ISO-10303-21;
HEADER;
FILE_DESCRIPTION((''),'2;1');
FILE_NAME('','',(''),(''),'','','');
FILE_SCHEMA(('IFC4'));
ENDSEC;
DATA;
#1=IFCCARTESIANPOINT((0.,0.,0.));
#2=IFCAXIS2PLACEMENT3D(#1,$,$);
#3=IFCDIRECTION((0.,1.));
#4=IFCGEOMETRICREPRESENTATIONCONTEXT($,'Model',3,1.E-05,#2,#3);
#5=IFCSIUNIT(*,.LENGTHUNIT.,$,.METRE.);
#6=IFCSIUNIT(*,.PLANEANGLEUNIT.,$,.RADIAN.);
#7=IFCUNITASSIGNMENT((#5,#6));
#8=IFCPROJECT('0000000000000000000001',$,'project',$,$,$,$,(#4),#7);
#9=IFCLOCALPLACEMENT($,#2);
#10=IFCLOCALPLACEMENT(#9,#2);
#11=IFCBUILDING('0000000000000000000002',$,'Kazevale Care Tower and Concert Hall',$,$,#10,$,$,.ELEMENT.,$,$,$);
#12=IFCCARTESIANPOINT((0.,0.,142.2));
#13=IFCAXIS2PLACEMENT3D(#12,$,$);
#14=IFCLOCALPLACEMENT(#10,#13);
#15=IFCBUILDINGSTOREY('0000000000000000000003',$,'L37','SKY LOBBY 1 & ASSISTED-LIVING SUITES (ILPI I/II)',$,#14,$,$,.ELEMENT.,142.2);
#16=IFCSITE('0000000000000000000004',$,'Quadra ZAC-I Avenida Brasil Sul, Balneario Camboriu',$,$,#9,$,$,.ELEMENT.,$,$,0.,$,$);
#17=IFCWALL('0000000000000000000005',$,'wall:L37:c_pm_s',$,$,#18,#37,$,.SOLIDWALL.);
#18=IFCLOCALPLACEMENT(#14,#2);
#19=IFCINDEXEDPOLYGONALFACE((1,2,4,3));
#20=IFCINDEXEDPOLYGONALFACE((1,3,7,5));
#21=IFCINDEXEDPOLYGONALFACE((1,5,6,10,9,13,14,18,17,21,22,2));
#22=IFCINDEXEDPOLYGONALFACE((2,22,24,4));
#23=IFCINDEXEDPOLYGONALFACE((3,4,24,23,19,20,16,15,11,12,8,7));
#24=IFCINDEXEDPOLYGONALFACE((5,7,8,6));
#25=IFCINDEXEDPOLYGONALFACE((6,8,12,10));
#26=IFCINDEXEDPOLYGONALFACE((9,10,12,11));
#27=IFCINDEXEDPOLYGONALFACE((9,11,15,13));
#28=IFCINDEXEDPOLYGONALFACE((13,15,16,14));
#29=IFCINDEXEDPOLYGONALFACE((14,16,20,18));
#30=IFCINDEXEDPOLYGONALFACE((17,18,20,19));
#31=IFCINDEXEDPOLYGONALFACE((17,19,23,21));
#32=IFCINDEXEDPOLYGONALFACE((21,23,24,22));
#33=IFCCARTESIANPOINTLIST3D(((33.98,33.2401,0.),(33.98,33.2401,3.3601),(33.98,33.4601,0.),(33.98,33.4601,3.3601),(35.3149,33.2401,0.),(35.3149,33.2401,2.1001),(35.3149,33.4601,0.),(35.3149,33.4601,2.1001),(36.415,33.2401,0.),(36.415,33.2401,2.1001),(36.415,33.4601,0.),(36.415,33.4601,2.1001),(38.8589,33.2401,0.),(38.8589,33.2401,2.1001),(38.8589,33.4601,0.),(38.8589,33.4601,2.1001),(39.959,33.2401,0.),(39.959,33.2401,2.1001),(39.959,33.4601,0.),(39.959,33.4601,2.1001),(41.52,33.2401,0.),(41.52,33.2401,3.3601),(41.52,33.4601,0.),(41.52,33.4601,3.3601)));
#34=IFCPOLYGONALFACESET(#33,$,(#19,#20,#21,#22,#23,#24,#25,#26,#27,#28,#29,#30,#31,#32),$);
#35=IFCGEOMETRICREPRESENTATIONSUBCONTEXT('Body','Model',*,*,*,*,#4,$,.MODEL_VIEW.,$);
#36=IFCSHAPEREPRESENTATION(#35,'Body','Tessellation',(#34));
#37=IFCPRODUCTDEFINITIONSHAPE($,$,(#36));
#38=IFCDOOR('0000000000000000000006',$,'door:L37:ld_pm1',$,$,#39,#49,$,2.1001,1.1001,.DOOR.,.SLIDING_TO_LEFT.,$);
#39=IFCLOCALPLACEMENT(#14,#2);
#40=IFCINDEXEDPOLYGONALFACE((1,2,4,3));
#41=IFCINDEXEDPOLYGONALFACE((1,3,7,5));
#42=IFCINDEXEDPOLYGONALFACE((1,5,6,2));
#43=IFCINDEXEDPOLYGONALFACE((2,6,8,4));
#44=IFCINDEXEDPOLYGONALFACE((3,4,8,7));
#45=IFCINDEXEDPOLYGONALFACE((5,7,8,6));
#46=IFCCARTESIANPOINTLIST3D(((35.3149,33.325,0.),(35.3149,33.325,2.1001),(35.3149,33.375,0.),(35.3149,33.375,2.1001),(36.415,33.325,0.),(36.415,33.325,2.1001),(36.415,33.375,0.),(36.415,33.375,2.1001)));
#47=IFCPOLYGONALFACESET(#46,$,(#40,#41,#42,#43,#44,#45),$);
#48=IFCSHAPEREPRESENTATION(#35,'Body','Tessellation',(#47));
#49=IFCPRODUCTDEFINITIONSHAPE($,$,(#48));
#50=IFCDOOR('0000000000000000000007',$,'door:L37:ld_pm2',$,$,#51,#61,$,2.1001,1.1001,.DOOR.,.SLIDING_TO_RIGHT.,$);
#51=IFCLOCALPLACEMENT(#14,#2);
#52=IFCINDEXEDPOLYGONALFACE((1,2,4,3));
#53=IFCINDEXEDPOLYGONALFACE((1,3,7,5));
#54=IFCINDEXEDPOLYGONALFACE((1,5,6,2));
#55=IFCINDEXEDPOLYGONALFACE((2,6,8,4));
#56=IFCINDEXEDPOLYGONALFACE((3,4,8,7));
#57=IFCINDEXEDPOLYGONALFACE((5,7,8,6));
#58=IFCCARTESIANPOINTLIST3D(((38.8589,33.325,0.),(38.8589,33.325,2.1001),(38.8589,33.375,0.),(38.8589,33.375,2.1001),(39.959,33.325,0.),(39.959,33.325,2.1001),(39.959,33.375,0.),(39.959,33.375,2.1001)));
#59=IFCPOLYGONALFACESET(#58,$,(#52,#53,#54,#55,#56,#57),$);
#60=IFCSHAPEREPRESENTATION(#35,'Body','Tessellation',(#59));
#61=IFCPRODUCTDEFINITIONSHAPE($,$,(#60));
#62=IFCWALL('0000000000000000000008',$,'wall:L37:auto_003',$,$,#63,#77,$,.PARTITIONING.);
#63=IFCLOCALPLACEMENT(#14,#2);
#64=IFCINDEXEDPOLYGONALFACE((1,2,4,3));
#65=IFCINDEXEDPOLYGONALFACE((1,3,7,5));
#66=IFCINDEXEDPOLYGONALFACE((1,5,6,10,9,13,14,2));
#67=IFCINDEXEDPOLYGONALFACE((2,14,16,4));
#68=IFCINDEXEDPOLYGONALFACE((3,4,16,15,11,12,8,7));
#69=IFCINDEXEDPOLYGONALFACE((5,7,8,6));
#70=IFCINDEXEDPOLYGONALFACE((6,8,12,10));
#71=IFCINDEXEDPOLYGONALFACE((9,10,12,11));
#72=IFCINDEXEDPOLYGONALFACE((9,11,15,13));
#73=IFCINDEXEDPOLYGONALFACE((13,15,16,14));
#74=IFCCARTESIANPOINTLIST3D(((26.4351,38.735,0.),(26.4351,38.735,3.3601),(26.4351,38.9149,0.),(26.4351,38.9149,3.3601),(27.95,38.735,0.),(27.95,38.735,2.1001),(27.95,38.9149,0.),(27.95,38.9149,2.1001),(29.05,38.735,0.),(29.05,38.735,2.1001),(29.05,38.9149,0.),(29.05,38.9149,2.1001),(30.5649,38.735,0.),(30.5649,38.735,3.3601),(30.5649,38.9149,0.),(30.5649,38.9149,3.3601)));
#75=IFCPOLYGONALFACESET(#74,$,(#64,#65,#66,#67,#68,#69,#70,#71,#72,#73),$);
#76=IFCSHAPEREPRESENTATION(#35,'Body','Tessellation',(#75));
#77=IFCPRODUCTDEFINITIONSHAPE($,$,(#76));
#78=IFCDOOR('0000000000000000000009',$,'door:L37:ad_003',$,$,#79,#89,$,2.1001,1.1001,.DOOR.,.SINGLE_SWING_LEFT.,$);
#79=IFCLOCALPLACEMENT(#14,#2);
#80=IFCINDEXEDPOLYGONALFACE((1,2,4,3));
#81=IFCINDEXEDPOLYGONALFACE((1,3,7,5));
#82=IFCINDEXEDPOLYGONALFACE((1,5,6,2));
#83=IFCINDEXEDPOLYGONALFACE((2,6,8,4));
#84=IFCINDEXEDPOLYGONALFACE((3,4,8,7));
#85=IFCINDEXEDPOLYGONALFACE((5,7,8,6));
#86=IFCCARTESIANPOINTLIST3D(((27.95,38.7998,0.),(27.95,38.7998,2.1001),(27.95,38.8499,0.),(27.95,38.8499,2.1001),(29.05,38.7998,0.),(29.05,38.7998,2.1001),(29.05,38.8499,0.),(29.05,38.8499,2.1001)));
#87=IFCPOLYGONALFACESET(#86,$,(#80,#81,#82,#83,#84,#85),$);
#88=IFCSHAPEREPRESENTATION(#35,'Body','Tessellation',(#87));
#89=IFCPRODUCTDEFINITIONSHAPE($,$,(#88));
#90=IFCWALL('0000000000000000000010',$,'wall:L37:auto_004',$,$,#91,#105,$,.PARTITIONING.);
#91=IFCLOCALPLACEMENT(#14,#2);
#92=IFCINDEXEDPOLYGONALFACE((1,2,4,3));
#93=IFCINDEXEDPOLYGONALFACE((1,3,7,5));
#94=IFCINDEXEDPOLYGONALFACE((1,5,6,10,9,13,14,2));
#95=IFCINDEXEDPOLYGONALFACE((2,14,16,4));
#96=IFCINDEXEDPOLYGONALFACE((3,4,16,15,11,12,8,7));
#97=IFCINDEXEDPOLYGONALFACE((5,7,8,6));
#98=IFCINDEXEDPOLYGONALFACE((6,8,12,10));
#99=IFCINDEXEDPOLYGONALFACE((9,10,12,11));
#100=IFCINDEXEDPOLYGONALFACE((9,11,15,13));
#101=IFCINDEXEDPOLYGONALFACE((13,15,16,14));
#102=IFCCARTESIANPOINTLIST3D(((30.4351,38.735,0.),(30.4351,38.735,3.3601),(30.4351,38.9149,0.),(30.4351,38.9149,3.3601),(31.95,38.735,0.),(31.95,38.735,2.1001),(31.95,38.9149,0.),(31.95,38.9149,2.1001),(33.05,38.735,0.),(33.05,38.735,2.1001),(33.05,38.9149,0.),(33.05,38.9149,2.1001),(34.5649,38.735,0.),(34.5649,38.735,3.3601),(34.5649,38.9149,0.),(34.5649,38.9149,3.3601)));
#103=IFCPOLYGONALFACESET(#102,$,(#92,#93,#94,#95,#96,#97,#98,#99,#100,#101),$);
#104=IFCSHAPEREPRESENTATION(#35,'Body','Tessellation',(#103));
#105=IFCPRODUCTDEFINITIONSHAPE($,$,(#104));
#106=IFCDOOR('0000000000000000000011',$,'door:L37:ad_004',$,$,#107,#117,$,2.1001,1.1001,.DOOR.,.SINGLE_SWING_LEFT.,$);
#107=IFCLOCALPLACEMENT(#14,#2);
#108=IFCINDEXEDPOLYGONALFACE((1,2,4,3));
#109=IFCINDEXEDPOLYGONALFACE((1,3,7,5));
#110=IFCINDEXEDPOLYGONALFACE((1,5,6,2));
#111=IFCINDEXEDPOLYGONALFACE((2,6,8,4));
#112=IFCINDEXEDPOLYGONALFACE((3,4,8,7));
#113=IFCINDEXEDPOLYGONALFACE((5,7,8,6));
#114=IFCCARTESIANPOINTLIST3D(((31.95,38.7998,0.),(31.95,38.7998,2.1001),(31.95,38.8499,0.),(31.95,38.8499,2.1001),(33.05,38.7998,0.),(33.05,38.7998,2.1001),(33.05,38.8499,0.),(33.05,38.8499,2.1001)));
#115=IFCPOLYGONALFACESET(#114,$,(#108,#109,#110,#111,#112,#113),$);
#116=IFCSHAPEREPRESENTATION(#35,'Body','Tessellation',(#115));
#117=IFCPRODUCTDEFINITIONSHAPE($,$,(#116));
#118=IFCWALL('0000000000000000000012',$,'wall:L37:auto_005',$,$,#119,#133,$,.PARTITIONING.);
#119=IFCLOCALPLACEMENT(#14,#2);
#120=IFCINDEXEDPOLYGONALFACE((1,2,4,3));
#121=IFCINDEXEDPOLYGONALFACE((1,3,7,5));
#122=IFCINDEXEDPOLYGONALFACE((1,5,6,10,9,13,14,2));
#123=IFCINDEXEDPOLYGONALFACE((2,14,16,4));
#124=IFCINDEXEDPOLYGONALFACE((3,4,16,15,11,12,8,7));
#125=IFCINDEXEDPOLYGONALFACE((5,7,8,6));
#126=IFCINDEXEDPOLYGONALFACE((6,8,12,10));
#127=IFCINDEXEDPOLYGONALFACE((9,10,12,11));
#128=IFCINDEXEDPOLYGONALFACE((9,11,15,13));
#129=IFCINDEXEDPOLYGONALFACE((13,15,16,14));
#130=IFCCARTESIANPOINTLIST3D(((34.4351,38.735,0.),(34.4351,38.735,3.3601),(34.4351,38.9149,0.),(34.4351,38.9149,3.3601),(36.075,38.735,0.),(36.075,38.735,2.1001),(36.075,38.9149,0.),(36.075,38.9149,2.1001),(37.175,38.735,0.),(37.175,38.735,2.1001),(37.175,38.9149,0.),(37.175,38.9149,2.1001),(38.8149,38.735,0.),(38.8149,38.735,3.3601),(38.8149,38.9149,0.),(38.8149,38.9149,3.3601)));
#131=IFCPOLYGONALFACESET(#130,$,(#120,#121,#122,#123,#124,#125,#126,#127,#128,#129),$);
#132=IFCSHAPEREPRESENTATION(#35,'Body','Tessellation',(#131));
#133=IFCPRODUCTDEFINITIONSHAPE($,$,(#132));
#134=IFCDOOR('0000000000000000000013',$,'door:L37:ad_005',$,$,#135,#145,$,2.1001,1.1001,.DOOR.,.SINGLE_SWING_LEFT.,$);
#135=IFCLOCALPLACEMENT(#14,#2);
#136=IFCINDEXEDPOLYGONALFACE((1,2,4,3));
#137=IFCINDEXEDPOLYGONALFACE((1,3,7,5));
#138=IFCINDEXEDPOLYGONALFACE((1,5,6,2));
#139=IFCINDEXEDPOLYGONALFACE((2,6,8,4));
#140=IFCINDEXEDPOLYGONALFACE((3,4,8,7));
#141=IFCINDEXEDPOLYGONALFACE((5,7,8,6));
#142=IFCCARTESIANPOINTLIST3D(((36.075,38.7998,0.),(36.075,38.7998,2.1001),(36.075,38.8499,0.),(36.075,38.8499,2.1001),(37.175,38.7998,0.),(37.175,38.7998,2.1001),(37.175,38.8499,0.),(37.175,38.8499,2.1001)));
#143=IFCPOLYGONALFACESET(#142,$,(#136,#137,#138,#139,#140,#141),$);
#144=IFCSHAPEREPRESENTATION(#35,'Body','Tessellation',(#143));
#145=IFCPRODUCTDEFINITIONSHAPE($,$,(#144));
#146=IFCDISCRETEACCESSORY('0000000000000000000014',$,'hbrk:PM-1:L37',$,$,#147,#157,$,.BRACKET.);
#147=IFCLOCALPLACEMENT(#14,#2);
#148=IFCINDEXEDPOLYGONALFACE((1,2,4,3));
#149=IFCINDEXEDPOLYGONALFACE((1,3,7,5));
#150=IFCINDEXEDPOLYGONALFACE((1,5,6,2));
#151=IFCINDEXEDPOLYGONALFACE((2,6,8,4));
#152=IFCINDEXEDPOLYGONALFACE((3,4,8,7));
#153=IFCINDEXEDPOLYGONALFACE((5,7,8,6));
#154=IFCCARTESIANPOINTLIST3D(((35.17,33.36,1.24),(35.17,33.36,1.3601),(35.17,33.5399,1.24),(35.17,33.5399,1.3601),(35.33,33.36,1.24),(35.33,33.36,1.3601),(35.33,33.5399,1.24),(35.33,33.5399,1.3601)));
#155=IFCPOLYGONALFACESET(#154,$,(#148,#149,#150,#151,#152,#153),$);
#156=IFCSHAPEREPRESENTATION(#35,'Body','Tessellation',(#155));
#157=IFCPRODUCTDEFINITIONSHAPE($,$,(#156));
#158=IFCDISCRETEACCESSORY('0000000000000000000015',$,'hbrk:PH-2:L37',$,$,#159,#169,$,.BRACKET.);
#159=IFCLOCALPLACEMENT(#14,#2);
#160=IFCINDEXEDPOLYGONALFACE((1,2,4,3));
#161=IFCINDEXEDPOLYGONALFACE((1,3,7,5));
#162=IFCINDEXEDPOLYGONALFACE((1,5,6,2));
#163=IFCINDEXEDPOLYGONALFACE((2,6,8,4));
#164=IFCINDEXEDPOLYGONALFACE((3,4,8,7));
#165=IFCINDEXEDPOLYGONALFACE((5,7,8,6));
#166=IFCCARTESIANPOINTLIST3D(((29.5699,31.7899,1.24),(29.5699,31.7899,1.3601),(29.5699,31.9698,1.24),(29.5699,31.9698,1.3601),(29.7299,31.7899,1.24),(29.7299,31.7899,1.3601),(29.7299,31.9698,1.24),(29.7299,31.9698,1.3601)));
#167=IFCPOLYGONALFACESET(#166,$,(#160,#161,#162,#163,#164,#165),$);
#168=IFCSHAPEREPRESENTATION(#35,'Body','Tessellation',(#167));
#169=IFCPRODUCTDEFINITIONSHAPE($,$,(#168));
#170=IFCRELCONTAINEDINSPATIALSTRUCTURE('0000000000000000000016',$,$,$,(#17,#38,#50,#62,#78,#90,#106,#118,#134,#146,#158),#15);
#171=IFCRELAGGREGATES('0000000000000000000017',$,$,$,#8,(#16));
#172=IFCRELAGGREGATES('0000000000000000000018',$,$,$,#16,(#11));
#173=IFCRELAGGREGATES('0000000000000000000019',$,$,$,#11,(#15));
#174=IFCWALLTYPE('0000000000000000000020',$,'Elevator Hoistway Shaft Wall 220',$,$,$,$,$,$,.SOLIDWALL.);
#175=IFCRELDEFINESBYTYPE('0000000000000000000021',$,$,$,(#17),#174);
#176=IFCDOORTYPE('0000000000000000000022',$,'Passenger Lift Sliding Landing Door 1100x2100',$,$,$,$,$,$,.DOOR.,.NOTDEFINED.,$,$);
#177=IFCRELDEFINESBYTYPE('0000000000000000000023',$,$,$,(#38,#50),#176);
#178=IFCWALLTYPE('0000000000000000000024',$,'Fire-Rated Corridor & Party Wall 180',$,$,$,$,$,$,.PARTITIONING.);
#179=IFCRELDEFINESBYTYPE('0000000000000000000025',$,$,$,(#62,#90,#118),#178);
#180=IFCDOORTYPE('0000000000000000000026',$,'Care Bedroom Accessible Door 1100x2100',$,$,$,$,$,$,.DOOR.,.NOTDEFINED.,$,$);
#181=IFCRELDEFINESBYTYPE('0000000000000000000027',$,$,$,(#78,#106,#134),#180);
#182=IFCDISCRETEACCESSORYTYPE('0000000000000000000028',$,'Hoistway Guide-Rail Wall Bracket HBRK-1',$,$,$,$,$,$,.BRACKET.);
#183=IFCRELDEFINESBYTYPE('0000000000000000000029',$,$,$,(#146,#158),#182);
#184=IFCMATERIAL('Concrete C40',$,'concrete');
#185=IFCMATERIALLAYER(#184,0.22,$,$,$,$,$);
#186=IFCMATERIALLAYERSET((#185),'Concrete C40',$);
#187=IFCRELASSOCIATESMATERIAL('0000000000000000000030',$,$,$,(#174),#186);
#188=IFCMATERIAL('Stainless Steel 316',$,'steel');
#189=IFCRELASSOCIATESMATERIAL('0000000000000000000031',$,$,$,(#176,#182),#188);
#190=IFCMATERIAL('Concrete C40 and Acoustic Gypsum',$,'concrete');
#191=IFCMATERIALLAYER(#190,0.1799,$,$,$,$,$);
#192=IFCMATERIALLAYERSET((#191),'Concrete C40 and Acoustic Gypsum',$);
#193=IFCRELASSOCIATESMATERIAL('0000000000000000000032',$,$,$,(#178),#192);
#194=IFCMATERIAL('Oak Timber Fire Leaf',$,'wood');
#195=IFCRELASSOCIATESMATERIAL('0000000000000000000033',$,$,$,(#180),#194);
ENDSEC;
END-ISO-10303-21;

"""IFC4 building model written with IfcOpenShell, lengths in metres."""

from ifc_helpers import new_model, si_unit, direction, frame, frame_2d, origin, origin_2d, place, context, subcontext, project, spatial, rectangle, extrude, material, layer, layer_set, type_object, element, fill, save


model = new_model("IFC4")

# Units and contexts
model_context = context("Model", 3, precision=1e-05, world=origin(), true_north=direction((0.0, 1.0)))
body_context = subcontext(model_context, "Body", "Model", "MODEL_VIEW")
ifc_project = project(units=[si_unit("LENGTHUNIT", "METRE"), si_unit("PLANEANGLEUNIT", "RADIAN")], contexts=[model_context])

# Site, building, storey
site_placement = place(None, origin())
site = spatial("IfcSite", under=ifc_project, at=site_placement, Name="Quadra ZAC-I Avenida Brasil Sul, Balneario Camboriu", CompositionType="ELEMENT", RefElevation=0.0)
building_placement = place(site_placement, origin())
building = spatial("IfcBuilding", under=site, at=building_placement, Name="Kazevale Care Tower and Concert Hall", CompositionType="ELEMENT")
storey_placement = place(building_placement, frame((0.0, 0.0, 142.2)))
storey = spatial("IfcBuildingStorey", under=building, at=storey_placement, Name="L37", Description="SKY LOBBY 1 & ASSISTED-LIVING SUITES (ILPI I/II)", CompositionType="ELEMENT", Elevation=142.2)

# Shared definitions
ifc_material_1 = material(Name="Oak Timber Fire Leaf", Category="wood")

# Shared definitions
ifc_material_2 = material(Name="Concrete C40", Category="concrete")
ifc_layer_1 = layer(ifc_material_2, 0.22)
ifc_layer_set_1 = layer_set([ifc_layer_1], Name="Concrete C40")
wall_type_1 = type_object("IfcWallType", Name="Elevator Hoistway Shaft Wall 220", PredefinedType="SOLIDWALL", material=ifc_layer_set_1)

# Wall, openings, doors
wall_1_placement = place(storey_placement, frame((33.98, 33.3501, 0.0), z_axis=(0.0, 0.0, 1.0), x_axis=(1.0, 0.0, 0.0)))
wall_1 = element("IfcWall", 1, at=wall_1_placement, inside=storey, type_object=wall_type_1, Name="wall:L37:c_pm_s", PredefinedType="SOLIDWALL", context=body_context, shape_type="SweptSolid", body=[
    extrude(rectangle(XDim=7.54, YDim=0.22, at=frame_2d((3.77, 0.0))), origin(), (0.0, 0.0, 1.0), 3.3601),
])
opening_1_placement = place(wall_1_placement, frame((1.335, 0.0, 0.0)))
opening_1 = element("IfcOpeningElement", 2, at=opening_1_placement, cuts=wall_1, PredefinedType="OPENING", context=body_context, shape_type="SweptSolid", body=[
    extrude(rectangle(XDim=1.1001, YDim=2.1001, at=frame_2d((0.55, 1.05))), frame((0.0, 0.1199, 0.0), z_axis=(0.0, -1.0, 0.0), x_axis=(1.0, 0.0, 0.0)), (0.0, 0.0, 1.0), 0.24),
])
opening_2_placement = place(wall_1_placement, frame((4.8789, 0.0, 0.0)))
opening_2 = element("IfcOpeningElement", 3, at=opening_2_placement, cuts=wall_1, PredefinedType="OPENING", context=body_context, shape_type="SweptSolid", body=[
    extrude(rectangle(XDim=1.1001, YDim=2.1001, at=frame_2d((0.55, 1.05))), frame((0.0, 0.1199, 0.0), z_axis=(0.0, -1.0, 0.0), x_axis=(1.0, 0.0, 0.0)), (0.0, 0.0, 1.0), 0.24),
])
ifc_material_3 = material(Name="Stainless Steel 316", Category="steel")
door_type_1 = type_object("IfcDoorType", Name="Passenger Lift Sliding Landing Door 1100x2100", OperationType="NOTDEFINED", PredefinedType="DOOR", material=ifc_material_3)
door_1_placement = place(opening_1_placement, origin())
door_1 = element("IfcDoor", 4, at=door_1_placement, inside=storey, type_object=door_type_1, Name="door:L37:ld_pm1", OperationType="SLIDING_TO_LEFT", OverallHeight=2.1001, OverallWidth=1.1001, PredefinedType="DOOR", context=body_context, shape_type="SweptSolid", body=[
    extrude(rectangle(XDim=1.1001, YDim=2.1001, at=frame_2d((0.55, 1.05))), frame((0.0, 0.0249, 0.0), z_axis=(0.0, -1.0, 0.0), x_axis=(1.0, 0.0, 0.0)), (0.0, 0.0, 1.0), 0.05),
])
fill(opening_1, door_1)
door_2_placement = place(opening_2_placement, origin())
door_2 = element("IfcDoor", 5, at=door_2_placement, inside=storey, type_object=door_type_1, Name="door:L37:ld_pm2", OperationType="SLIDING_TO_RIGHT", OverallHeight=2.1001, OverallWidth=1.1001, PredefinedType="DOOR", context=body_context, shape_type="SweptSolid", body=[
    extrude(rectangle(XDim=1.1001, YDim=2.1001, at=frame_2d((0.55, 1.05))), frame((0.0, 0.0249, 0.0), z_axis=(0.0, -1.0, 0.0), x_axis=(1.0, 0.0, 0.0)), (0.0, 0.0, 1.0), 0.05),
])
fill(opening_2, door_2)

# Walls, openings, doors
ifc_material_4 = material(Name="Concrete C40 and Acoustic Gypsum", Category="concrete")
ifc_layer_2 = layer(ifc_material_4, 0.1799)
ifc_layer_set_2 = layer_set([ifc_layer_2], Name="Concrete C40 and Acoustic Gypsum")
wall_type_2 = type_object("IfcWallType", Name="Fire-Rated Corridor & Party Wall 180", PredefinedType="PARTITIONING", material=ifc_layer_set_2)
wall_2_placement = place(storey_placement, frame((26.4351, 38.825, 0.0), z_axis=(0.0, 0.0, 1.0), x_axis=(1.0, 0.0, 0.0)))
wall_2 = element("IfcWall", 6, at=wall_2_placement, inside=storey, type_object=wall_type_2, Name="wall:L37:auto_003", PredefinedType="PARTITIONING", context=body_context, shape_type="SweptSolid", body=[
    extrude(rectangle(XDim=4.1299, YDim=0.1799, at=frame_2d((2.0649, 0.0))), origin(), (0.0, 0.0, 1.0), 3.3601),
])
opening_3_placement = place(wall_2_placement, frame((1.5149, 0.0, 0.0)))
opening_3 = element("IfcOpeningElement", 7, at=opening_3_placement, cuts=wall_2, PredefinedType="OPENING", context=body_context, shape_type="SweptSolid", body=[
    extrude(rectangle(XDim=1.1001, YDim=2.1001, at=frame_2d((0.55, 1.05))), frame((0.0, 0.0999, 0.0), z_axis=(0.0, -1.0, 0.0), x_axis=(1.0, 0.0, 0.0)), (0.0, 0.0, 1.0), 0.2),
])
door_type_2 = type_object("IfcDoorType", Name="Care Bedroom Accessible Door 1100x2100", OperationType="NOTDEFINED", PredefinedType="DOOR", material=ifc_material_1)
door_3_placement = place(opening_3_placement, origin())
door_3 = element("IfcDoor", 8, at=door_3_placement, inside=storey, type_object=door_type_2, Name="door:L37:ad_003", OperationType="SINGLE_SWING_LEFT", OverallHeight=2.1001, OverallWidth=1.1001, PredefinedType="DOOR", context=body_context, shape_type="SweptSolid", body=[
    extrude(rectangle(XDim=1.1001, YDim=2.1001, at=frame_2d((0.55, 1.05))), frame((0.0, 0.0249, 0.0), z_axis=(0.0, -1.0, 0.0), x_axis=(1.0, 0.0, 0.0)), (0.0, 0.0, 1.0), 0.05),
])
fill(opening_3, door_3)
wall_3_placement = place(storey_placement, frame((30.4351, 38.825, 0.0), z_axis=(0.0, 0.0, 1.0), x_axis=(1.0, 0.0, 0.0)))
wall_3 = element("IfcWall", 9, at=wall_3_placement, inside=storey, type_object=wall_type_2, Name="wall:L37:auto_004", PredefinedType="PARTITIONING", context=body_context, shape_type="SweptSolid", body=[
    extrude(rectangle(XDim=4.1299, YDim=0.1799, at=frame_2d((2.0649, 0.0))), origin(), (0.0, 0.0, 1.0), 3.3601),
])
opening_4_placement = place(wall_3_placement, frame((1.5149, 0.0, 0.0)))
opening_4 = element("IfcOpeningElement", 10, at=opening_4_placement, cuts=wall_3, PredefinedType="OPENING", context=body_context, shape_type="SweptSolid", body=[
    extrude(rectangle(XDim=1.1001, YDim=2.1001, at=frame_2d((0.55, 1.05))), frame((0.0, 0.0999, 0.0), z_axis=(0.0, -1.0, 0.0), x_axis=(1.0, 0.0, 0.0)), (0.0, 0.0, 1.0), 0.2),
])
door_4_placement = place(opening_4_placement, origin())
door_4 = element("IfcDoor", 11, at=door_4_placement, inside=storey, type_object=door_type_2, Name="door:L37:ad_004", OperationType="SINGLE_SWING_LEFT", OverallHeight=2.1001, OverallWidth=1.1001, PredefinedType="DOOR", context=body_context, shape_type="SweptSolid", body=[
    extrude(rectangle(XDim=1.1001, YDim=2.1001, at=frame_2d((0.55, 1.05))), frame((0.0, 0.0249, 0.0), z_axis=(0.0, -1.0, 0.0), x_axis=(1.0, 0.0, 0.0)), (0.0, 0.0, 1.0), 0.05),
])
fill(opening_4, door_4)
wall_4_placement = place(storey_placement, frame((34.4351, 38.825, 0.0), z_axis=(0.0, 0.0, 1.0), x_axis=(1.0, 0.0, 0.0)))
wall_4 = element("IfcWall", 12, at=wall_4_placement, inside=storey, type_object=wall_type_2, Name="wall:L37:auto_005", PredefinedType="PARTITIONING", context=body_context, shape_type="SweptSolid", body=[
    extrude(rectangle(XDim=4.3799, YDim=0.1799, at=frame_2d((2.1899, 0.0))), origin(), (0.0, 0.0, 1.0), 3.3601),
])
opening_5_placement = place(wall_4_placement, frame((1.6399, 0.0, 0.0)))
opening_5 = element("IfcOpeningElement", 13, at=opening_5_placement, cuts=wall_4, PredefinedType="OPENING", context=body_context, shape_type="SweptSolid", body=[
    extrude(rectangle(XDim=1.1001, YDim=2.1001, at=frame_2d((0.55, 1.05))), frame((0.0, 0.0999, 0.0), z_axis=(0.0, -1.0, 0.0), x_axis=(1.0, 0.0, 0.0)), (0.0, 0.0, 1.0), 0.2),
])
door_5_placement = place(opening_5_placement, origin())
door_5 = element("IfcDoor", 14, at=door_5_placement, inside=storey, type_object=door_type_2, Name="door:L37:ad_005", OperationType="SINGLE_SWING_LEFT", OverallHeight=2.1001, OverallWidth=1.1001, PredefinedType="DOOR", context=body_context, shape_type="SweptSolid", body=[
    extrude(rectangle(XDim=1.1001, YDim=2.1001, at=frame_2d((0.55, 1.05))), frame((0.0, 0.0249, 0.0), z_axis=(0.0, -1.0, 0.0), x_axis=(1.0, 0.0, 0.0)), (0.0, 0.0, 1.0), 0.05),
])
fill(opening_5, door_5)

# Discrete accessories
discrete_accessory_type = type_object("IfcDiscreteAccessoryType", Name="Hoistway Guide-Rail Wall Bracket HBRK-1", PredefinedType="BRACKET", material=ifc_material_3)
for number, where, z_axis, x_axis, name in (
    (15, (35.25, 33.45, 1.24), (0.0, 0.0, 1.0), (1.0, 0.0, 0.0), "hbrk:PM-1:L37"),
    (16, (29.6499, 31.8799, 1.24), (0.0, 0.0, 1.0), (1.0, 0.0, 0.0), "hbrk:PH-2:L37"),
):
    element("IfcDiscreteAccessory", number, at=place(storey_placement, frame(where, z_axis=z_axis, x_axis=x_axis)), inside=storey, type_object=discrete_accessory_type, Name=name, PredefinedType="BRACKET", context=body_context, shape_type="SweptSolid", body=[
        extrude(rectangle(XDim=0.1599, YDim=0.1799, at=origin_2d()), origin(), (0.0, 0.0, 1.0), 0.1201),
    ])

save(model, "model.ifc")
